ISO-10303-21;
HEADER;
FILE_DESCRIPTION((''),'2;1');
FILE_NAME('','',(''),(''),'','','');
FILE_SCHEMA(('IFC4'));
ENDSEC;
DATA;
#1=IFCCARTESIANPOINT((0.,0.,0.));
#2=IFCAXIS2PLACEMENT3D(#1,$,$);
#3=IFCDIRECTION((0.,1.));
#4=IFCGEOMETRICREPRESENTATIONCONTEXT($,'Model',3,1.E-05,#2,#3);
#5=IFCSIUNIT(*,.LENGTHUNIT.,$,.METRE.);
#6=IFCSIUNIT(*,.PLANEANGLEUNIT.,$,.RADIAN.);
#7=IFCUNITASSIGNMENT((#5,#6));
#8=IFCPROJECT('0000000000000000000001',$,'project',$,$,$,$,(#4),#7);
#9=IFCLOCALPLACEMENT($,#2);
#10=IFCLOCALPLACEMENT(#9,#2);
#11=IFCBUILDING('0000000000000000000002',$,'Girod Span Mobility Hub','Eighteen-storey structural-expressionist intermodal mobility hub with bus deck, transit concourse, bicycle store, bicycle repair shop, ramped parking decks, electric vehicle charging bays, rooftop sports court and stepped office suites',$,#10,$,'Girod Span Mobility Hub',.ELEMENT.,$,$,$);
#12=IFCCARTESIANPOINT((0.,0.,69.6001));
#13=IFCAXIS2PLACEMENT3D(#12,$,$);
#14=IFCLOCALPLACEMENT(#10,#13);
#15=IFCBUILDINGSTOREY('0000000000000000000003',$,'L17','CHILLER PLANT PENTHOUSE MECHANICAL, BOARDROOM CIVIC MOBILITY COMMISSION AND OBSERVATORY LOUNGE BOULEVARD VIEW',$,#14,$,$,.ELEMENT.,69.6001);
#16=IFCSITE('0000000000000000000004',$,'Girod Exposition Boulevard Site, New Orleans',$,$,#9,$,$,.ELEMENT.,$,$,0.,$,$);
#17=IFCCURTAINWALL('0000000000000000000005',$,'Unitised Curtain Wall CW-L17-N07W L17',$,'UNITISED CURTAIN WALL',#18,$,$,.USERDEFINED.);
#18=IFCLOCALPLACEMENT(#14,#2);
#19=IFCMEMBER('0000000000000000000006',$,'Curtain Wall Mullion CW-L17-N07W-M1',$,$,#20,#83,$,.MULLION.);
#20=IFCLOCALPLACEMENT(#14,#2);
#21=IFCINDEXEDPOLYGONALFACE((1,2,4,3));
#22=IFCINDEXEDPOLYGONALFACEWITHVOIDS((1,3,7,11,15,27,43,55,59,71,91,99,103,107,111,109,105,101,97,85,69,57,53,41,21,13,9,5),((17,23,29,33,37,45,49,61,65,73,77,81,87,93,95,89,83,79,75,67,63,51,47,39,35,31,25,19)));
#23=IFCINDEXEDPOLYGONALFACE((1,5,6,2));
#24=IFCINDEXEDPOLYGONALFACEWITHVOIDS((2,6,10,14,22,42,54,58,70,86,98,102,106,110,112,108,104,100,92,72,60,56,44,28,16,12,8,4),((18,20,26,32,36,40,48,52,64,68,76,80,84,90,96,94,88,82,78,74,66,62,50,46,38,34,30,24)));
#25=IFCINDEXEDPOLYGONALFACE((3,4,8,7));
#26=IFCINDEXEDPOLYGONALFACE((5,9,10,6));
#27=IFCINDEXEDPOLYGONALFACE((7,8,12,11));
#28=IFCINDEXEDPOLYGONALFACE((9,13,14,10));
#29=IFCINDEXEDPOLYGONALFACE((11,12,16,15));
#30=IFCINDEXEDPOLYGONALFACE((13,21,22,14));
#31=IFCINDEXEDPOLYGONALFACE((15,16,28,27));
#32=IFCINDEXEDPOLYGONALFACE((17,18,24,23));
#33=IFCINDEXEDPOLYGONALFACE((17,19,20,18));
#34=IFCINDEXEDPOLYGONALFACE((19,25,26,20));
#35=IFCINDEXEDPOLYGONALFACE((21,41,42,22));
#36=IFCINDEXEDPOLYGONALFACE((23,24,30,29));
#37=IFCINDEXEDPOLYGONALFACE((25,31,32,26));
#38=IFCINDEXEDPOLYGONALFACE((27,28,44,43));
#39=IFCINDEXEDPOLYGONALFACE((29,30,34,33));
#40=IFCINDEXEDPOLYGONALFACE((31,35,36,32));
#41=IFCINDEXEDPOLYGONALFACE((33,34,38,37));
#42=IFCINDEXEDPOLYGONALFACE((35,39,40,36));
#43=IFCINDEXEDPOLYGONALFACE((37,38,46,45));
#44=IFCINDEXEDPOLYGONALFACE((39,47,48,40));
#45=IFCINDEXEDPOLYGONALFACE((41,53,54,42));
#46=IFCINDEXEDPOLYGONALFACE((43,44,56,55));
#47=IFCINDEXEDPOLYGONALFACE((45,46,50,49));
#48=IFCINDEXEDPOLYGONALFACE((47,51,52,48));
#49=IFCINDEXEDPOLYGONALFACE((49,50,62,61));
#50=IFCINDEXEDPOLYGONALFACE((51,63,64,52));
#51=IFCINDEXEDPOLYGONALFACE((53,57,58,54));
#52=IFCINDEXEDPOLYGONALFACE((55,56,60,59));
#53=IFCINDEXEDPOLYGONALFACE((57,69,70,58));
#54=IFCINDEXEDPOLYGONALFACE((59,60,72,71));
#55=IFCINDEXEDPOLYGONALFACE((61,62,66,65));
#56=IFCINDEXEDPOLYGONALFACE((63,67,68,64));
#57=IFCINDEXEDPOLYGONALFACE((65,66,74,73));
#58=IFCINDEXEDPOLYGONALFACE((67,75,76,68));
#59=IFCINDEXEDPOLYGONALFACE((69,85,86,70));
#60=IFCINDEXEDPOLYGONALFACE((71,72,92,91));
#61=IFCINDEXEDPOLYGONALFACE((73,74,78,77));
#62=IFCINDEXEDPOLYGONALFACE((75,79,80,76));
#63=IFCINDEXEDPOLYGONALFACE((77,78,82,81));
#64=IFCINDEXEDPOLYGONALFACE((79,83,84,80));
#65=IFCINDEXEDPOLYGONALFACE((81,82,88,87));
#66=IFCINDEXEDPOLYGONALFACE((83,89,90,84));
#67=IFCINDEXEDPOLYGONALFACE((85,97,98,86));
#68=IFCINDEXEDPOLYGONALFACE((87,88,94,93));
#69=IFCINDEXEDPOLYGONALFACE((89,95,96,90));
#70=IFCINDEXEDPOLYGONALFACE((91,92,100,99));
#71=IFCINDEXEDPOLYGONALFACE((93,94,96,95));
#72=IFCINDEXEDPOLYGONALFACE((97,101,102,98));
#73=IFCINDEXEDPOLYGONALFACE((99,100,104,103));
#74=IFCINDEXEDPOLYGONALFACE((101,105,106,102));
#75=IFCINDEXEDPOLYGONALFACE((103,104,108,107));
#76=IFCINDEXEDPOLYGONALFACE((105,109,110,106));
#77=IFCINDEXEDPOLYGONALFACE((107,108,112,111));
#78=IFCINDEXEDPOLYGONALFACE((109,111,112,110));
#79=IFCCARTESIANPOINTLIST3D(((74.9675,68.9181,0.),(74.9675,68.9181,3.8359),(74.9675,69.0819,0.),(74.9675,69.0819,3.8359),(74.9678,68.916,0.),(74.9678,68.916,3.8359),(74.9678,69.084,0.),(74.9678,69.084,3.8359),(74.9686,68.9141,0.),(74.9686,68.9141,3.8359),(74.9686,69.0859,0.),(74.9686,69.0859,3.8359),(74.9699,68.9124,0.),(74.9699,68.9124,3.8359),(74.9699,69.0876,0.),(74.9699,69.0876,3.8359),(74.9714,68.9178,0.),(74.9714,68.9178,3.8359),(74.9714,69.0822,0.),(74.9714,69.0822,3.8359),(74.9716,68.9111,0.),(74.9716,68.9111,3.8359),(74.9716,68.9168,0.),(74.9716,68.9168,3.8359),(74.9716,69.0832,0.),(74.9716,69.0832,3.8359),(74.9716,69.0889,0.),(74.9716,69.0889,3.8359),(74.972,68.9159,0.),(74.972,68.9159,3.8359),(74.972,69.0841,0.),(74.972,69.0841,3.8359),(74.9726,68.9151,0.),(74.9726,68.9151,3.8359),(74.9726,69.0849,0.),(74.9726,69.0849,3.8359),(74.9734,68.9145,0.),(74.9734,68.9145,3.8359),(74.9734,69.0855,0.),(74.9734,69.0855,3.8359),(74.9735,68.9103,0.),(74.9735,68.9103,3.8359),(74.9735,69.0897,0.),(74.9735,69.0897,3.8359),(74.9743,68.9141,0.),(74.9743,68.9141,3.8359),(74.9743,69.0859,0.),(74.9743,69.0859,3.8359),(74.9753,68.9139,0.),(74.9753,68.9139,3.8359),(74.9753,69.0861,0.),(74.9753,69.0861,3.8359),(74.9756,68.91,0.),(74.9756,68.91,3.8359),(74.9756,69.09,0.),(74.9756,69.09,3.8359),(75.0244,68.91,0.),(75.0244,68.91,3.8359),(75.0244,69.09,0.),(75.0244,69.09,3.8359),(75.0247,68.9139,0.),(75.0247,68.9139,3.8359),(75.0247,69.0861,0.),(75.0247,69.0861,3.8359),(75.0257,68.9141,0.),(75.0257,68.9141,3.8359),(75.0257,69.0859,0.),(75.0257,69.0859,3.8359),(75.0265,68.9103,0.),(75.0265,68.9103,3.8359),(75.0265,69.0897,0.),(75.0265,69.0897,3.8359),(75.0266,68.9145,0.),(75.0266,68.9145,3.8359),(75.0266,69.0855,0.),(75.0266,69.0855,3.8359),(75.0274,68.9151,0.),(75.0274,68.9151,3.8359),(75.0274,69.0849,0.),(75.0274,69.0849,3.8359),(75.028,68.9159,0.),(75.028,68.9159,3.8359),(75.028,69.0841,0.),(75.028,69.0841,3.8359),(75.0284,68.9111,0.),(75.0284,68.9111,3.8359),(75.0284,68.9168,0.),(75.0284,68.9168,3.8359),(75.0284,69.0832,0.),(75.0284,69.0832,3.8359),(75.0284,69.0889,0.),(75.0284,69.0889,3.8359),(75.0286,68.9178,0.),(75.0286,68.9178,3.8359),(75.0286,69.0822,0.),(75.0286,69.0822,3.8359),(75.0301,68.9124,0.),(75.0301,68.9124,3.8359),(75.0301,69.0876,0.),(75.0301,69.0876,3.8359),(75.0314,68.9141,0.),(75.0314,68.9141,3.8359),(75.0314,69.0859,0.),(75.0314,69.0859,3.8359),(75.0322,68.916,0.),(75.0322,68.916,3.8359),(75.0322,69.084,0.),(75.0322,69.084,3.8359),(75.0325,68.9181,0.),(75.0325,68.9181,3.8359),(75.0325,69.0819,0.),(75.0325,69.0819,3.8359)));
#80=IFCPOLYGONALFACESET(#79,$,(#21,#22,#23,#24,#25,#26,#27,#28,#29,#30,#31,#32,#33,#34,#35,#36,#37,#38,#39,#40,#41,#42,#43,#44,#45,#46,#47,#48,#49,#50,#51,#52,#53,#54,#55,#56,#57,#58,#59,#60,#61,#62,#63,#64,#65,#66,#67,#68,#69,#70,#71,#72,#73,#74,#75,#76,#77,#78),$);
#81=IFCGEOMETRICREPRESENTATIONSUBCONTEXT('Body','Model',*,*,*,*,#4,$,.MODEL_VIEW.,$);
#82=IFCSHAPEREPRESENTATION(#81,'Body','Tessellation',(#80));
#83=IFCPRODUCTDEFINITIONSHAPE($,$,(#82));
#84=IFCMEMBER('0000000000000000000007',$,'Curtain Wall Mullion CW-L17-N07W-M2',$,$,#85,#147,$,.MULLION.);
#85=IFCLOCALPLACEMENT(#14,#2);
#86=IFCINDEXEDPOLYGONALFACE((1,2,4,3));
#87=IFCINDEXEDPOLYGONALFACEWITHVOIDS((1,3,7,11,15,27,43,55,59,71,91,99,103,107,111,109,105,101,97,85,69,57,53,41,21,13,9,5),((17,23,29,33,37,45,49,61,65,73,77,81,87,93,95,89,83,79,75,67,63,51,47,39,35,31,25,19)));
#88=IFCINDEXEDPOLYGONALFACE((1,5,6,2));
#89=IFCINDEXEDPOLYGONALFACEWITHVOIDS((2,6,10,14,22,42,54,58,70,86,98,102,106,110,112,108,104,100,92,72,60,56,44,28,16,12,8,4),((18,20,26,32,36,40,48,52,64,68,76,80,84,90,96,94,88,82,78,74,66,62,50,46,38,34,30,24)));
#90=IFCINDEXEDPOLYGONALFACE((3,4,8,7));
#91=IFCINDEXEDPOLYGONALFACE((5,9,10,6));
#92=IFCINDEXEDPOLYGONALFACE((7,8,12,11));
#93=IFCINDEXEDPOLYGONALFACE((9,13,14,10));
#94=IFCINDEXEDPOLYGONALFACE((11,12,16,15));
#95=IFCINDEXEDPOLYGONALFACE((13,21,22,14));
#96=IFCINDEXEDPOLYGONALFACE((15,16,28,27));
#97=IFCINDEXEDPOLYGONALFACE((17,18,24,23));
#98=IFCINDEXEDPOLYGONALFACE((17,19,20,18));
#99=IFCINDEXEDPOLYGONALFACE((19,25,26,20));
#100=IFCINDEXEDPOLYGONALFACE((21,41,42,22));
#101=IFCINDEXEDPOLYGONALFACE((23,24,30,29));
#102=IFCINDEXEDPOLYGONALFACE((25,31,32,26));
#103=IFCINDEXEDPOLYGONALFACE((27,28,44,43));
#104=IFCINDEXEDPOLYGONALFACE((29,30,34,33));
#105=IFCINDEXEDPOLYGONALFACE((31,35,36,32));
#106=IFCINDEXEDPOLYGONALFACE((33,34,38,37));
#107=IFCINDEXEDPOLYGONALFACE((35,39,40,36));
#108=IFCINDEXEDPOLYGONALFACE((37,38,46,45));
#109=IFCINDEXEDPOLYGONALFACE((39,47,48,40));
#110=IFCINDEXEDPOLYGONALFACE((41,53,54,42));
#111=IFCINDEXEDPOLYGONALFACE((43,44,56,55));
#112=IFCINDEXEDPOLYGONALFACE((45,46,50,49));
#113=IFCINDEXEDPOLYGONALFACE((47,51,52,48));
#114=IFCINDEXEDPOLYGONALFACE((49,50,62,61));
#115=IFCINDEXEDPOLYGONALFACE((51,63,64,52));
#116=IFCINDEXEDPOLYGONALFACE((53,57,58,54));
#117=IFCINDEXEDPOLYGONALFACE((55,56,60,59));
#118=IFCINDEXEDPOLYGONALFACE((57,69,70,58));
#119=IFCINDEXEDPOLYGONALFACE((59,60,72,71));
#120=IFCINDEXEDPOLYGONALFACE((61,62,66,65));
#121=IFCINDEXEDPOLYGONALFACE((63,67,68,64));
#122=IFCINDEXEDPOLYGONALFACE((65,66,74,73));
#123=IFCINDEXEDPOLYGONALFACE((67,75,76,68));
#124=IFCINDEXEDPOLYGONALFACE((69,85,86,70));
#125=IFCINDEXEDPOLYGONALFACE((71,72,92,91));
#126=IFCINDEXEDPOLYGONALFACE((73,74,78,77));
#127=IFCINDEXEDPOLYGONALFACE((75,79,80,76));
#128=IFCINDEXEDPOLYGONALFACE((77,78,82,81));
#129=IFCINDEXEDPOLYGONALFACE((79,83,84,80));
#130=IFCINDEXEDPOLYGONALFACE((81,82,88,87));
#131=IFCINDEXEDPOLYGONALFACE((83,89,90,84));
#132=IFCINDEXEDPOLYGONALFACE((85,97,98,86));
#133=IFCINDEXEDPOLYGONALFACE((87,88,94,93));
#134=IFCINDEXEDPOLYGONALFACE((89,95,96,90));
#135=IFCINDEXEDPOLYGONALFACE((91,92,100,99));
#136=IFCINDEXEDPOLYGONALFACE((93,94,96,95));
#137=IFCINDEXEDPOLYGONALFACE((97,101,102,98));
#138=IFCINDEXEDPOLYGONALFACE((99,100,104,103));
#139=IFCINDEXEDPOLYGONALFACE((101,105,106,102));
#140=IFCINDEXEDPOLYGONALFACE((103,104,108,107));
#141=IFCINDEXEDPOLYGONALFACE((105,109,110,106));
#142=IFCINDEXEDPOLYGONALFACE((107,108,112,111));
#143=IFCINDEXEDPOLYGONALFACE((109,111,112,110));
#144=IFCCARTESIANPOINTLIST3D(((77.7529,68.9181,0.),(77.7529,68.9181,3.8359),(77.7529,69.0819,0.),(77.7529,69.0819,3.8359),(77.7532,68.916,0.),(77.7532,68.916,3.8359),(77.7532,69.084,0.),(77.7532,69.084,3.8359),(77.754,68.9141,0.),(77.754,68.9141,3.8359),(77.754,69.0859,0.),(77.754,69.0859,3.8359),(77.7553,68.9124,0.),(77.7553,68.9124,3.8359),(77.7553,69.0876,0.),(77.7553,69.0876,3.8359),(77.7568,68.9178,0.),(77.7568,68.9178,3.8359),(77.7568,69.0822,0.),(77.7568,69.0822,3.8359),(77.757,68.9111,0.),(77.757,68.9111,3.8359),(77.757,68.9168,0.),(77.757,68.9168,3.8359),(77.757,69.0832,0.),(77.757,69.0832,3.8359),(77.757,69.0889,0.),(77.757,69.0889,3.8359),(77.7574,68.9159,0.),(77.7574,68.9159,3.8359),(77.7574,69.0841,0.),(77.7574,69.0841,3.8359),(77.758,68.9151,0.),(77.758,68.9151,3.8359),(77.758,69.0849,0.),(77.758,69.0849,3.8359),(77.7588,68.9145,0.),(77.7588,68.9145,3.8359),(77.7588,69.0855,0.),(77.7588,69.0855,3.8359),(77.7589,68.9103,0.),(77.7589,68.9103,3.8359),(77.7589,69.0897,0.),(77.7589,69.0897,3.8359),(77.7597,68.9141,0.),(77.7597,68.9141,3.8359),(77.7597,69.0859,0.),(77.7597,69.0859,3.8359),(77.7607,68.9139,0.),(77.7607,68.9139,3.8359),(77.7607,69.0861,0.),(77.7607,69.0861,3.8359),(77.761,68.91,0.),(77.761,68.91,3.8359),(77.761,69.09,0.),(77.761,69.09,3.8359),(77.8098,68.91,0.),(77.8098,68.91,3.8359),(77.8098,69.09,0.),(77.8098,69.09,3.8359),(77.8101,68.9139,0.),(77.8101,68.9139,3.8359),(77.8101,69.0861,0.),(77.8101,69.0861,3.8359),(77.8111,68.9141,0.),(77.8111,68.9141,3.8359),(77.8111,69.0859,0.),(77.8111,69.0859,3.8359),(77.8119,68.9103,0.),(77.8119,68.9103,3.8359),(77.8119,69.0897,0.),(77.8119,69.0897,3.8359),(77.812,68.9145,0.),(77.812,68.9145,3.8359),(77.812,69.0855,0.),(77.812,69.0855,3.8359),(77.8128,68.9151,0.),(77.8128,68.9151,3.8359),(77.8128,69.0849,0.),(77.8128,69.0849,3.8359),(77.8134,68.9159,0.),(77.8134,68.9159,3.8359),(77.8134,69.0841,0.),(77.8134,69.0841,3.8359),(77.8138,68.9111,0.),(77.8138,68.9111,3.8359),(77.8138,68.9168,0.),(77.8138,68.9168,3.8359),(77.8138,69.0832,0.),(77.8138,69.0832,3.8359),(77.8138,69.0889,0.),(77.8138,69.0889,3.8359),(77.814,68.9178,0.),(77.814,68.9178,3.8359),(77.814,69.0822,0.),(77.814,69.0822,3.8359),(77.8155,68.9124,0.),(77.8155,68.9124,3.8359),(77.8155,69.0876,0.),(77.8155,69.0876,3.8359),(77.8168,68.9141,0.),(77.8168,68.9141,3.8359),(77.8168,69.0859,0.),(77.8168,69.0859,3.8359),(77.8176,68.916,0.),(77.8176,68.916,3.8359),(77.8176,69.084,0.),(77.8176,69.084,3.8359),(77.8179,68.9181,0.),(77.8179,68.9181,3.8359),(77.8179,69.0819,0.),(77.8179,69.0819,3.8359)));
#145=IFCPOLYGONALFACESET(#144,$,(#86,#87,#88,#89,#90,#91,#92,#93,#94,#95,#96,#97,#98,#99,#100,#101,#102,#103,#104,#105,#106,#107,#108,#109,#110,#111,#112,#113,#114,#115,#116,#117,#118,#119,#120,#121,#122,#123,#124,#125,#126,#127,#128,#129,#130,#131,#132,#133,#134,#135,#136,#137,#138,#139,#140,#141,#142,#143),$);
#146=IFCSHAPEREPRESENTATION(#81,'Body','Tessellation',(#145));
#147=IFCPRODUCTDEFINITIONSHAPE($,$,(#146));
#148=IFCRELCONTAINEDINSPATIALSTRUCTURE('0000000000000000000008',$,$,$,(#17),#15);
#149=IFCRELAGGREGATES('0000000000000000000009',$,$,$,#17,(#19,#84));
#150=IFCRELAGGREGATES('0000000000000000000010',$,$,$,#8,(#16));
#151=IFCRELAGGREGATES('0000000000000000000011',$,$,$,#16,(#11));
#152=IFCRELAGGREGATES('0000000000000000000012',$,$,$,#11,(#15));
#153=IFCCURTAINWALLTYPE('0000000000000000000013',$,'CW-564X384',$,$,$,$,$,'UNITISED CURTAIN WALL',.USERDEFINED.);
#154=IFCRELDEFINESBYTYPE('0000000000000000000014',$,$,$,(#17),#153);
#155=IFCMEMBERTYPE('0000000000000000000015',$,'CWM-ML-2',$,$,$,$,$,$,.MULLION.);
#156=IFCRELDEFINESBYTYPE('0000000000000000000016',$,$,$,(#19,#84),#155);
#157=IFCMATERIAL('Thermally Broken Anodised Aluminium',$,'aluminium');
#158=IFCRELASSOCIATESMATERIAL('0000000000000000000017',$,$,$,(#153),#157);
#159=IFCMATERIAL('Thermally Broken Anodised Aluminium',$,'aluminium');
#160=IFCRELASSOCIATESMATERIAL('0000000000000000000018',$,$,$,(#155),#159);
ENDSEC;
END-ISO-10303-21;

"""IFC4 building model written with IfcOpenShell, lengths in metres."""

from ifc_helpers import new_model, si_unit, direction, frame, origin, origin_2d, place, context, subcontext, project, spatial, hollow_rectangle, extrude, material, material_profile, profile_set, type_object, element, aggregate, save


model = new_model("IFC4")

# Units and contexts
model_context = context("Model", 3, precision=1e-05, world=origin(), true_north=direction((0.0, 1.0)))
body_context = subcontext(model_context, "Body", "Model", "MODEL_VIEW")
ifc_project = project(units=[si_unit("LENGTHUNIT", "METRE"), si_unit("PLANEANGLEUNIT", "RADIAN")], contexts=[model_context])

# Site, building, storey
site_placement = place(None, origin())
site = spatial("IfcSite", under=ifc_project, at=site_placement, Name="Girod Exposition Boulevard Site, New Orleans", CompositionType="ELEMENT", RefElevation=0.0)
building_placement = place(site_placement, origin())
building = spatial("IfcBuilding", under=site, at=building_placement, Name="Girod Span Mobility Hub", Description="Eighteen-storey structural-expressionist intermodal mobility hub with bus deck, transit concourse, bicycle store, bicycle repair shop, ramped parking decks, electric vehicle charging bays, rooftop sports court and stepped office suites", LongName="Girod Span Mobility Hub", CompositionType="ELEMENT")
storey_placement = place(building_placement, frame((0.0, 0.0, 69.6001)))
storey = spatial("IfcBuildingStorey", under=building, at=storey_placement, Name="L17", Description="CHILLER PLANT PENTHOUSE MECHANICAL, BOARDROOM CIVIC MOBILITY COMMISSION AND OBSERVATORY LOUNGE BOULEVARD VIEW", CompositionType="ELEMENT", Elevation=69.6001)

# Curtain wall, members
ifc_material_1 = material(Name="Thermally Broken Anodised Aluminium", Category="aluminium")
curtain_wall_type = type_object("IfcCurtainWallType", Name="CW-564X384", ElementType="UNITISED CURTAIN WALL", PredefinedType="USERDEFINED", material=ifc_material_1)
curtain_wall_1_placement = place(storey_placement, origin())
curtain_wall_1 = element("IfcCurtainWall", 1, at=curtain_wall_1_placement, inside=storey, type_object=curtain_wall_type, Name="Unitised Curtain Wall CW-L17-N07W L17", ObjectType="UNITISED CURTAIN WALL", PredefinedType="USERDEFINED")
ifc_material_2 = material(Name="Thermally Broken Anodised Aluminium", Category="aluminium")
ifc_material_profile_1 = material_profile(ifc_material_2, hollow_rectangle(XDim=0.1799, YDim=0.0649, WallThickness=0.0039, InnerFilletRadius=0.0039, OuterFilletRadius=0.0081, at=origin_2d()), Name="CW-ML-65X180")
ifc_profile_set_1 = profile_set([ifc_material_profile_1], Name="Thermally Broken Anodised Aluminium")
member_type_1 = type_object("IfcMemberType", Name="CWM-ML-2", PredefinedType="MULLION", material=ifc_profile_set_1)
member_1_placement = place(storey_placement, frame((75.0, 69.0, 0.0), z_axis=(0.0, 0.0, 1.0), x_axis=(0.0, 1.0, 0.0)))
member_1 = element("IfcMember", 2, at=member_1_placement, type_object=member_type_1, Name="Curtain Wall Mullion CW-L17-N07W-M1", PredefinedType="MULLION", context=body_context, shape_type="SweptSolid", body=[
    extrude(hollow_rectangle(XDim=0.1799, YDim=0.0649, WallThickness=0.0039, InnerFilletRadius=0.0039, OuterFilletRadius=0.0081, at=origin_2d()), origin(), (0.0, 0.0, 1.0), 3.8359),
])
member_2_placement = place(storey_placement, frame((77.7854, 69.0, 0.0), z_axis=(0.0, 0.0, 1.0), x_axis=(0.0, 1.0, 0.0)))
member_2 = element("IfcMember", 3, at=member_2_placement, type_object=member_type_1, Name="Curtain Wall Mullion CW-L17-N07W-M2", PredefinedType="MULLION", context=body_context, shape_type="SweptSolid", body=[
    extrude(hollow_rectangle(XDim=0.1799, YDim=0.0649, WallThickness=0.0039, InnerFilletRadius=0.0039, OuterFilletRadius=0.0081, at=origin_2d()), origin(), (0.0, 0.0, 1.0), 3.8359),
])

aggregate(curtain_wall_1, [member_1, member_2])

save(model, "model.ifc")
